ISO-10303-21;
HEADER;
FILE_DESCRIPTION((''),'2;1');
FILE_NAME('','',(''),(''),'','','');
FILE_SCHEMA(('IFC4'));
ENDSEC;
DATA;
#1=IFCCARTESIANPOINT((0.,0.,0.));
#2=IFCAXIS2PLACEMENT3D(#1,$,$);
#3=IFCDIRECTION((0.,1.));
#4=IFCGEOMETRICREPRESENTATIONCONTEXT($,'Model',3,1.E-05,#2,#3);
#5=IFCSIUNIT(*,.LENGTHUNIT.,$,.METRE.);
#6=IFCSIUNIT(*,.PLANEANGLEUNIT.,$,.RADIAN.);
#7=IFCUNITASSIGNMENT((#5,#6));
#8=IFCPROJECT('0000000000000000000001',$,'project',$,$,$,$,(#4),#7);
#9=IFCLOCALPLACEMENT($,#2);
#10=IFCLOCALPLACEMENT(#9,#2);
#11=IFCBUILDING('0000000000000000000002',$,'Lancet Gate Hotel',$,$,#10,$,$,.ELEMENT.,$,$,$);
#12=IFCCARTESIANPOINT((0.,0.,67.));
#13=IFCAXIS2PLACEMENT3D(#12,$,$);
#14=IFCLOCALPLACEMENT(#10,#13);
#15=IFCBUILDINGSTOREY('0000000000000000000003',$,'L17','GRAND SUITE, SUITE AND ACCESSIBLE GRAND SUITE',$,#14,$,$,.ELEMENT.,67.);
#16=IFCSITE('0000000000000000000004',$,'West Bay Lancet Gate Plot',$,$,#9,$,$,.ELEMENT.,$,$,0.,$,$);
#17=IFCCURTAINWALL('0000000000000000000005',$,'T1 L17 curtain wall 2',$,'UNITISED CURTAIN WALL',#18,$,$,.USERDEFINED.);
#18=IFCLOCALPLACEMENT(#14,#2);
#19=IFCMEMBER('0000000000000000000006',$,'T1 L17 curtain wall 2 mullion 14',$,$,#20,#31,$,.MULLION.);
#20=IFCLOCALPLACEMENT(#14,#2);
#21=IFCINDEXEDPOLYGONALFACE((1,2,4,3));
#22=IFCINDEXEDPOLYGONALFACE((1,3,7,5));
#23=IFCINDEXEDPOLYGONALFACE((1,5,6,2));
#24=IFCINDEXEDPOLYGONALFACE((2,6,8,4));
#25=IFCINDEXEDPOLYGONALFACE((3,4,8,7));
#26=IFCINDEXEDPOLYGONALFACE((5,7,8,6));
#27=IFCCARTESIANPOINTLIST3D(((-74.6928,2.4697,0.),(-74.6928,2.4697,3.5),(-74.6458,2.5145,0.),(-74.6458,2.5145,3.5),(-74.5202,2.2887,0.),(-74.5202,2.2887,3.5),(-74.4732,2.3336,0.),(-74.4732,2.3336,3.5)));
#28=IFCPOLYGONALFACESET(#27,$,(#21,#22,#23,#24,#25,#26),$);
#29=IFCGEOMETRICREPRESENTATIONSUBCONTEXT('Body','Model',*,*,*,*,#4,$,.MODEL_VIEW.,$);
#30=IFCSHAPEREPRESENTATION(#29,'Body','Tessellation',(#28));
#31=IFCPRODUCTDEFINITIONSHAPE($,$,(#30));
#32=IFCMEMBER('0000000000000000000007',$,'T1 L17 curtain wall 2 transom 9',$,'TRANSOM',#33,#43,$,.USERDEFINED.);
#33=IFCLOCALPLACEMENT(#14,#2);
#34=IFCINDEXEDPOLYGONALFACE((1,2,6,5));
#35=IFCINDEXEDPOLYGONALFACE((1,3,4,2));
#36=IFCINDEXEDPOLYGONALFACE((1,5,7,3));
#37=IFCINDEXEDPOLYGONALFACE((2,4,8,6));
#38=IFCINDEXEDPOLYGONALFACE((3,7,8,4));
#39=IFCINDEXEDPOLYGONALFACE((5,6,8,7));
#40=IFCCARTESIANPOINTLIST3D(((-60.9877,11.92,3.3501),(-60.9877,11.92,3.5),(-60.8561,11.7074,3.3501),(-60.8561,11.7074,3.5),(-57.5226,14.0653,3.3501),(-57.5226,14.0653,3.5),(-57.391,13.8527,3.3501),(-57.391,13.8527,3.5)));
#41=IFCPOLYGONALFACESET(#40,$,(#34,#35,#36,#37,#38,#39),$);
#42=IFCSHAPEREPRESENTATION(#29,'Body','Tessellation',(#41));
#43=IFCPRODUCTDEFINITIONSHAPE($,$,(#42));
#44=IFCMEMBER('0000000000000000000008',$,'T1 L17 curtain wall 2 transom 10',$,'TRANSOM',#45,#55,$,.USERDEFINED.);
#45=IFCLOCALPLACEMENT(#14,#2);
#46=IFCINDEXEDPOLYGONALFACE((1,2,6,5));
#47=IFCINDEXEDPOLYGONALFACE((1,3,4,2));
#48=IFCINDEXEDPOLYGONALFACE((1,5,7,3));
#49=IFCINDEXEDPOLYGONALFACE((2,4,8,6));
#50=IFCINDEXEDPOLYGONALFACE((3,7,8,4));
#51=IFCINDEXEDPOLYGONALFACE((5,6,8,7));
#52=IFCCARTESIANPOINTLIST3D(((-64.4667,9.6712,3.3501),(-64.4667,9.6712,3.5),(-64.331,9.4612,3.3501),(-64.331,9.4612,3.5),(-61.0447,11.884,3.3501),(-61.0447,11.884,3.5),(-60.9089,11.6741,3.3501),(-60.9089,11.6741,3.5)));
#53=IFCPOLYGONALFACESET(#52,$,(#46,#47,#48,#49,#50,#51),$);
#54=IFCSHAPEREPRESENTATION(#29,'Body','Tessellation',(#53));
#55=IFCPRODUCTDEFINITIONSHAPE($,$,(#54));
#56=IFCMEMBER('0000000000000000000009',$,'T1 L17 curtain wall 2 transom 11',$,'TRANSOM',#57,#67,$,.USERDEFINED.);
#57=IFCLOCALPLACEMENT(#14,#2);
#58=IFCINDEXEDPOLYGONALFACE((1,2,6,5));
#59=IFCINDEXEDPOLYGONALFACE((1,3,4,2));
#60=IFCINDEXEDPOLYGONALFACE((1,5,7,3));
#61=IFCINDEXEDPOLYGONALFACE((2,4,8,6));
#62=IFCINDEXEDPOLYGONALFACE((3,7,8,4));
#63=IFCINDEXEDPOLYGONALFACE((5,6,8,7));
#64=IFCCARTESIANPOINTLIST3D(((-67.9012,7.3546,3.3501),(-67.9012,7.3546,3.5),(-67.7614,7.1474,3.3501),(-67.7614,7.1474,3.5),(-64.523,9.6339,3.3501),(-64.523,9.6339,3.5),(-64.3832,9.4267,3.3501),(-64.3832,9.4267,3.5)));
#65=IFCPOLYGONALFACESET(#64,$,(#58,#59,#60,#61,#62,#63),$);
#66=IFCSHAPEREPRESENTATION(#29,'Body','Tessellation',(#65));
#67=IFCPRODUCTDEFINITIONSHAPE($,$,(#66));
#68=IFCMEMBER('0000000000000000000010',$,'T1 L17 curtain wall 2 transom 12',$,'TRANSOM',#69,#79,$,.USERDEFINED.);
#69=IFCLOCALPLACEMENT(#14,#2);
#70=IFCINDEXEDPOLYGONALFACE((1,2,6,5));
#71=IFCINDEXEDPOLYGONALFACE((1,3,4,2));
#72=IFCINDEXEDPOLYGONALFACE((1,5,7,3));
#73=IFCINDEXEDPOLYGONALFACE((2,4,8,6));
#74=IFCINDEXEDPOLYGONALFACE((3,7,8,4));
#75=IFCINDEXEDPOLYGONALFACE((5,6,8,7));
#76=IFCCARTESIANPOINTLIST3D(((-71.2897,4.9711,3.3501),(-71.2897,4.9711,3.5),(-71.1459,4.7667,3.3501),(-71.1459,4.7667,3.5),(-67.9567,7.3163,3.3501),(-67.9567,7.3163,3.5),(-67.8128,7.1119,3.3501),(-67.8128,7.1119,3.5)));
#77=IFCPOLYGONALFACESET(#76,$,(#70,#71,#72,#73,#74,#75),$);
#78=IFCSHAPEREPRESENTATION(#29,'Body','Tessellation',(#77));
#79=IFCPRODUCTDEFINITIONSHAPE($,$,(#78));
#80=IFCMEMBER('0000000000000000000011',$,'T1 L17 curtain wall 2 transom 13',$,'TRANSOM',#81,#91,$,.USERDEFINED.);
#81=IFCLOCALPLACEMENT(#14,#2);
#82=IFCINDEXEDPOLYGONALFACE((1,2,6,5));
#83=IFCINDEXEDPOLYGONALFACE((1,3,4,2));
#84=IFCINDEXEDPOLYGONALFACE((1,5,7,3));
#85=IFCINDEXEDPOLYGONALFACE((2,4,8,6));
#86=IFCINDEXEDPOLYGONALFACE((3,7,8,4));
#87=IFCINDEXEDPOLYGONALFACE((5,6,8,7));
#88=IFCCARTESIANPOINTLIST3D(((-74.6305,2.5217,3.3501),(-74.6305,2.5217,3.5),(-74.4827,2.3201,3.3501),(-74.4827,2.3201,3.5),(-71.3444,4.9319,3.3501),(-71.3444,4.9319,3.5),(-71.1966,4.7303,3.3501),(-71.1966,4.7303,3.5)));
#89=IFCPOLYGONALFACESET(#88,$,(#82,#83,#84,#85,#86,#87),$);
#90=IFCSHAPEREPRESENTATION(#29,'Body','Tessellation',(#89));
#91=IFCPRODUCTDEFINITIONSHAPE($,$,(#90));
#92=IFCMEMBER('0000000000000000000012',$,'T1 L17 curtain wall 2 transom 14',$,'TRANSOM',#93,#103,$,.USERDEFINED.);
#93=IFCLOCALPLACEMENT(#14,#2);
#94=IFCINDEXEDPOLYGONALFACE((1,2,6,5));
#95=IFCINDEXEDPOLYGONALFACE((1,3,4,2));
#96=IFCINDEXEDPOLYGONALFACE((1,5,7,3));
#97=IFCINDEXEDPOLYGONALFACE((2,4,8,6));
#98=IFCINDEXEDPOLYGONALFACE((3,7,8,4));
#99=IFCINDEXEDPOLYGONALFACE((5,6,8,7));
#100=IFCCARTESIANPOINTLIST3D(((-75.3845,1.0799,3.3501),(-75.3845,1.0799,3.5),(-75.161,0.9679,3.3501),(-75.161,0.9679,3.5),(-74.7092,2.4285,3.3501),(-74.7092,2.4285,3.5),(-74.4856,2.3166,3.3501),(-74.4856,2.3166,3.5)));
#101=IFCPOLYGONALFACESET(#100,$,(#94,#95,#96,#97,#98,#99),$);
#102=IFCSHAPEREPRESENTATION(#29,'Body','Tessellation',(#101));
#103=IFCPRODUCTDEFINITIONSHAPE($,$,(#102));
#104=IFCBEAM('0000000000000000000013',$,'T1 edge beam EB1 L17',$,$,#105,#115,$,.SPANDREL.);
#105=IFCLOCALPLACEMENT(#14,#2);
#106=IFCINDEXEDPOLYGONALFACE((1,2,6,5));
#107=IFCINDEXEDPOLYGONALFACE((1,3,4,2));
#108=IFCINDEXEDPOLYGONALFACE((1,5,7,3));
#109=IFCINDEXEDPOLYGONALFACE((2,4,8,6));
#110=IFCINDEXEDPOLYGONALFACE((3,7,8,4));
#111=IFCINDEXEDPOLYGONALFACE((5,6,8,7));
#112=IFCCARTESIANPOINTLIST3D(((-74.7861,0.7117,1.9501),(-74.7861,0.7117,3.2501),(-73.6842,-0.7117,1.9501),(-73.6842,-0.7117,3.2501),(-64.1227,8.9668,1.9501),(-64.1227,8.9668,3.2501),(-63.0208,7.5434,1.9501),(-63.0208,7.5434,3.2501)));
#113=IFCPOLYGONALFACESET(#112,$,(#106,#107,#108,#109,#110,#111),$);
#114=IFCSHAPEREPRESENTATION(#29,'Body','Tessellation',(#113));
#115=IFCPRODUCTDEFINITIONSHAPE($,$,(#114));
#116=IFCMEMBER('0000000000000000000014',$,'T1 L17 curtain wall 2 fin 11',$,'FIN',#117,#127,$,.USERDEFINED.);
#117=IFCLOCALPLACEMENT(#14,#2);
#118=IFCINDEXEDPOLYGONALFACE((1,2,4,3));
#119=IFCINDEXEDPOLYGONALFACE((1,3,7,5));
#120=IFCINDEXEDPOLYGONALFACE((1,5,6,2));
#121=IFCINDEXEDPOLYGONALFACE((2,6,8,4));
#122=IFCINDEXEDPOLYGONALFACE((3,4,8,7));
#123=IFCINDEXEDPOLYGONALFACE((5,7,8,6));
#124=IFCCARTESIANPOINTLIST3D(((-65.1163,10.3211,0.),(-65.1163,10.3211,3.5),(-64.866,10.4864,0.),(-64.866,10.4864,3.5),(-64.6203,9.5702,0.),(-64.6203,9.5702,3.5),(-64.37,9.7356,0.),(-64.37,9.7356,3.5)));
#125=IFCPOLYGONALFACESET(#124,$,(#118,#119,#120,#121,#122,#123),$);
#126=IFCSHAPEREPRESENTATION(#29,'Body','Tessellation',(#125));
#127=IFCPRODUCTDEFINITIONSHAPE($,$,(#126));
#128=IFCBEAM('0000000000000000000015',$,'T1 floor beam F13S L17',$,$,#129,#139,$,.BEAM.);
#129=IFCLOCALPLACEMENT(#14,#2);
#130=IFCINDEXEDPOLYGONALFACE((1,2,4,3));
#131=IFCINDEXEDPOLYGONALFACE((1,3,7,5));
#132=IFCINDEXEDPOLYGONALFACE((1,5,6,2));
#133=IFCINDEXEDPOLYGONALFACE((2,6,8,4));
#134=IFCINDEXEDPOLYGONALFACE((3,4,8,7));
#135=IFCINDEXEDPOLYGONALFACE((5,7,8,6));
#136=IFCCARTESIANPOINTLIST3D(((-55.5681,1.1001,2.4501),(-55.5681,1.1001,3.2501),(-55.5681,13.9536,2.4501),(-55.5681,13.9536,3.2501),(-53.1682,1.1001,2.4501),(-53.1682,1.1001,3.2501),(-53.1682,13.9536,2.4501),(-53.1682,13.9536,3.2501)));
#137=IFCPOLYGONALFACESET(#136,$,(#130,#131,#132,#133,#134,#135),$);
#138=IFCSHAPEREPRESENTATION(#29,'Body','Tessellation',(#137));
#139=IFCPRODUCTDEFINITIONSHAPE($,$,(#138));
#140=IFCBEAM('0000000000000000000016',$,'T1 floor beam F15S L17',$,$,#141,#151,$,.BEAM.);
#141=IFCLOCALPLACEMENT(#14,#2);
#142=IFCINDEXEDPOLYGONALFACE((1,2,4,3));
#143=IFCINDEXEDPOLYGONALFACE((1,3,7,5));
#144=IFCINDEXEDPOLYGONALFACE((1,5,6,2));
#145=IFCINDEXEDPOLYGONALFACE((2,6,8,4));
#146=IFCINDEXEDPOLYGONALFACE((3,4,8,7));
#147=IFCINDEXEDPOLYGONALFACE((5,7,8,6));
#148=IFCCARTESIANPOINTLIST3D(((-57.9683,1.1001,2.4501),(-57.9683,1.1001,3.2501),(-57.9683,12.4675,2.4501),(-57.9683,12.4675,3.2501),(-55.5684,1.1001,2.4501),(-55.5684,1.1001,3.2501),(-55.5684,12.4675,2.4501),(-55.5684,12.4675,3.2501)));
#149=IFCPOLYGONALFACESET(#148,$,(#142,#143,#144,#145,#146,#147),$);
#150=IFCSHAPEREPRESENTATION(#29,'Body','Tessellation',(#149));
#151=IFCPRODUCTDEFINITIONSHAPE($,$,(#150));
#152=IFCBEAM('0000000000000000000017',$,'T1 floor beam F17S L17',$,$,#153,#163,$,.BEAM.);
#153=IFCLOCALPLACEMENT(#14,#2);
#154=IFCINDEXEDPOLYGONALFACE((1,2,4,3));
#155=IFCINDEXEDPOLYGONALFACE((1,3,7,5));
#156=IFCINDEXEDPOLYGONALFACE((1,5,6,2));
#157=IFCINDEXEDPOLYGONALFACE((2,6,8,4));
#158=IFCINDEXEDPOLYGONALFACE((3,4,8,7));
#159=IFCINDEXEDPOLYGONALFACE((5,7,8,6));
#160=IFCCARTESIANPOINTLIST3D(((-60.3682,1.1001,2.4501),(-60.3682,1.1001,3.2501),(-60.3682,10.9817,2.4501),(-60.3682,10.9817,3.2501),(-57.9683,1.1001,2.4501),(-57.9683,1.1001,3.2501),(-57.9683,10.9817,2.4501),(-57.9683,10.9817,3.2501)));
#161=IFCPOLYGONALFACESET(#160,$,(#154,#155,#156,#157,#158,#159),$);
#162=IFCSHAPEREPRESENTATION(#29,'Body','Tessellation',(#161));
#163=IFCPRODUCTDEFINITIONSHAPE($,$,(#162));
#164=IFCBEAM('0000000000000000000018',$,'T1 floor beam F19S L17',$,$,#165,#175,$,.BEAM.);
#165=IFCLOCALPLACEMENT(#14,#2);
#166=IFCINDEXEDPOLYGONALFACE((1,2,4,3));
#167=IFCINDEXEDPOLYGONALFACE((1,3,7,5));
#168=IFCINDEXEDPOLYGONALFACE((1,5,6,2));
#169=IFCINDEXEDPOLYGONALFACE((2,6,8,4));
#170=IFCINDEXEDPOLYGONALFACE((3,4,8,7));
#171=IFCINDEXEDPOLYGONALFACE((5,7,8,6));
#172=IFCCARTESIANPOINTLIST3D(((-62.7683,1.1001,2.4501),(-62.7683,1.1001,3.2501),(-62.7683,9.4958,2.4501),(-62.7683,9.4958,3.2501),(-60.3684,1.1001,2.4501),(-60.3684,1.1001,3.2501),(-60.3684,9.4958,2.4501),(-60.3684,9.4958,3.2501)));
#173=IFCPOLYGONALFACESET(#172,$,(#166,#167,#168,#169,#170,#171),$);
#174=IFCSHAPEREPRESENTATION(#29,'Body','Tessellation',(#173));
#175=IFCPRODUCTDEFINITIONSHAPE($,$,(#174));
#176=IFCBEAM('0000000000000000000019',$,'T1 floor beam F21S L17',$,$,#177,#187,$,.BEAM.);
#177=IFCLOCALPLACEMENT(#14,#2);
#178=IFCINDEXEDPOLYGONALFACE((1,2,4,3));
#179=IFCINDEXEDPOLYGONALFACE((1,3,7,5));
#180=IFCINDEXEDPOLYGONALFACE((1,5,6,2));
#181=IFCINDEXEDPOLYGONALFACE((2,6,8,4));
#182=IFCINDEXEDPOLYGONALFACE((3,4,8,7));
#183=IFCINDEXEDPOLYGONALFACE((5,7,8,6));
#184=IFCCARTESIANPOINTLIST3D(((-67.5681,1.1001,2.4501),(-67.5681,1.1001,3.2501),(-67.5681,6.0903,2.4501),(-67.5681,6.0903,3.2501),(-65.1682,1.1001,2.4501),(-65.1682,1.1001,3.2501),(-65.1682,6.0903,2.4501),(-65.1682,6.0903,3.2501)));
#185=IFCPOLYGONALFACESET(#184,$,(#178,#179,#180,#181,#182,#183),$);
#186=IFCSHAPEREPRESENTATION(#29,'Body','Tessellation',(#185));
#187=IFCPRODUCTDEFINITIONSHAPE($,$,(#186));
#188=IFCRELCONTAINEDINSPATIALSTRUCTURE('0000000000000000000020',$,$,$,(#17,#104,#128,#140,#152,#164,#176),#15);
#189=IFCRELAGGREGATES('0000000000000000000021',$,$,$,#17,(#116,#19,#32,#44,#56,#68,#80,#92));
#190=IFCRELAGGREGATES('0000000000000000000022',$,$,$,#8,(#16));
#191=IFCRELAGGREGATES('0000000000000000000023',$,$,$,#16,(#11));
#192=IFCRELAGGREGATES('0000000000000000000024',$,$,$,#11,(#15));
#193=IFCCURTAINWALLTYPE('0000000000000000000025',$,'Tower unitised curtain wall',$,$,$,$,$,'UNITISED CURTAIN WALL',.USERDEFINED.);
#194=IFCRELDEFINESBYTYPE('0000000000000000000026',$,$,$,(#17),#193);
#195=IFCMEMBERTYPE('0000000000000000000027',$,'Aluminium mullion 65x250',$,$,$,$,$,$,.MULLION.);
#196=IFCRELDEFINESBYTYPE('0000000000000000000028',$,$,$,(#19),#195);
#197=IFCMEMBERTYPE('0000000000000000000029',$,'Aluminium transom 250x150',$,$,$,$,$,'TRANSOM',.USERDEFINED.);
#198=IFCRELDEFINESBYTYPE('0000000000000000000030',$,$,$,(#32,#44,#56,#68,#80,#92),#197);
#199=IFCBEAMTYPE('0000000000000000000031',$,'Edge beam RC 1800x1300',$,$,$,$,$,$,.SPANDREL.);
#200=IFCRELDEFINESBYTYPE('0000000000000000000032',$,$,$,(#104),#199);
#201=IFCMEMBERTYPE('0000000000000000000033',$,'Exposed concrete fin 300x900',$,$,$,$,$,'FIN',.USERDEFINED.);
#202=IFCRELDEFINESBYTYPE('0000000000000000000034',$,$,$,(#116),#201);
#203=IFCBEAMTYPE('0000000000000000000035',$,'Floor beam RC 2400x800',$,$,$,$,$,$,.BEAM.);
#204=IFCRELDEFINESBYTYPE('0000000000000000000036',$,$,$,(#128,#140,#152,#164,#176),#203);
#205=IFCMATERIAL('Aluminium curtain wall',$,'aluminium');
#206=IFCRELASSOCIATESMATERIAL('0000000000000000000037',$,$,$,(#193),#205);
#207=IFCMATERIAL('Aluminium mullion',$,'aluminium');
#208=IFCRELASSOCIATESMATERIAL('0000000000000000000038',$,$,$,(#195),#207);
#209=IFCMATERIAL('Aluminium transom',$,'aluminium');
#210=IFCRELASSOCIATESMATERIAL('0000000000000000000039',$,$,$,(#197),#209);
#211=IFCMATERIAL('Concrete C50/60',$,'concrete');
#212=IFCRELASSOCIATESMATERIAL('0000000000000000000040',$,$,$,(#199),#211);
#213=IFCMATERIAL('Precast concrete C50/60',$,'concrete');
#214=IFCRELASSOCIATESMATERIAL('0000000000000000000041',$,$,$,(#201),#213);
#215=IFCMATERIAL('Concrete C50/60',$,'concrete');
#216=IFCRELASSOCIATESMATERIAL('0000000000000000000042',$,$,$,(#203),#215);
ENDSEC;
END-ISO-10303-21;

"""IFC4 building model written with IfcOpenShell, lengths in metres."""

from ifc_helpers import new_model, si_unit, direction, frame, origin, origin_2d, place, context, subcontext, project, spatial, rectangle, extrude, material, material_profile, profile_set, type_object, element, aggregate, save


model = new_model("IFC4")

# Units and contexts
model_context = context("Model", 3, precision=1e-05, world=origin(), true_north=direction((0.0, 1.0)))
body_context = subcontext(model_context, "Body", "Model", "MODEL_VIEW")
ifc_project = project(units=[si_unit("LENGTHUNIT", "METRE"), si_unit("PLANEANGLEUNIT", "RADIAN")], contexts=[model_context])

# Site, building, storey
site_placement = place(None, origin())
site = spatial("IfcSite", under=ifc_project, at=site_placement, Name="West Bay Lancet Gate Plot", CompositionType="ELEMENT", RefElevation=0.0)
building_placement = place(site_placement, origin())
building = spatial("IfcBuilding", under=site, at=building_placement, Name="Lancet Gate Hotel", CompositionType="ELEMENT")
storey_placement = place(building_placement, frame((0.0, 0.0, 67.0)))
storey = spatial("IfcBuildingStorey", under=building, at=storey_placement, Name="L17", Description="GRAND SUITE, SUITE AND ACCESSIBLE GRAND SUITE", CompositionType="ELEMENT", Elevation=67.0)

# Curtain wall, members
ifc_material_1 = material(Name="Aluminium curtain wall", Category="aluminium")
curtain_wall_type = type_object("IfcCurtainWallType", Name="Tower unitised curtain wall", ElementType="UNITISED CURTAIN WALL", PredefinedType="USERDEFINED", material=ifc_material_1)
curtain_wall_placement = place(storey_placement, origin())
curtain_wall = element("IfcCurtainWall", 1, at=curtain_wall_placement, inside=storey, type_object=curtain_wall_type, Name="T1 L17 curtain wall 2", ObjectType="UNITISED CURTAIN WALL", PredefinedType="USERDEFINED")
ifc_material_2 = material(Name="Aluminium mullion", Category="aluminium")
ifc_material_profile_1 = material_profile(ifc_material_2, rectangle(XDim=0.0649, YDim=0.25, at=origin_2d()), Name="MULLION 65x250")
ifc_profile_set_1 = profile_set([ifc_material_profile_1], Name="Aluminium mullion")
member_type_1 = type_object("IfcMemberType", Name="Aluminium mullion 65x250", PredefinedType="MULLION", material=ifc_profile_set_1)
member_1_placement = place(storey_placement, frame((-74.583, 2.4016, 0.0), z_axis=(0.0, 0.0, 1.0), x_axis=(-0.723696, -0.690119, 0.0)))
member_1 = element("IfcMember", 2, at=member_1_placement, type_object=member_type_1, Name="T1 L17 curtain wall 2 mullion 14", PredefinedType="MULLION", context=body_context, shape_type="SweptSolid", body=[
    extrude(rectangle(XDim=0.0649, YDim=0.25, at=origin_2d()), origin(), (0.0, 0.0, 1.0), 3.5),
])
ifc_material_3 = material(Name="Aluminium transom", Category="aluminium")
ifc_material_profile_2 = material_profile(ifc_material_3, rectangle(XDim=0.25, YDim=0.1499, at=origin_2d()), Name="TRANSOM 250x150")
ifc_profile_set_2 = profile_set([ifc_material_profile_2], Name="Aluminium transom")
member_type_2 = type_object("IfcMemberType", Name="Aluminium transom 250x150", ElementType="TRANSOM", PredefinedType="USERDEFINED", material=ifc_profile_set_2)
member_2_placement = place(storey_placement, frame((-57.4568, 13.959, 3.425), z_axis=(-0.850242, -0.526392, 0.0), x_axis=(0.526392, -0.850242, 0.0)))
member_2 = element("IfcMember", 3, at=member_2_placement, type_object=member_type_2, Name="T1 L17 curtain wall 2 transom 9", ObjectType="TRANSOM", PredefinedType="USERDEFINED", context=body_context, shape_type="SweptSolid", body=[
    extrude(rectangle(XDim=0.25, YDim=0.1499, at=origin_2d()), origin(), (0.0, 0.0, 1.0), 4.0754),
])
member_3_placement = place(storey_placement, frame((-60.9768, 11.7791, 3.425), z_axis=(-0.839729, -0.543005, 0.0), x_axis=(0.543005, -0.839729, 0.0)))
member_3 = element("IfcMember", 4, at=member_3_placement, type_object=member_type_2, Name="T1 L17 curtain wall 2 transom 10", ObjectType="TRANSOM", PredefinedType="USERDEFINED", context=body_context, shape_type="SweptSolid", body=[
    extrude(rectangle(XDim=0.25, YDim=0.1499, at=origin_2d()), origin(), (0.0, 0.0, 1.0), 4.0752),
])
member_4_placement = place(storey_placement, frame((-64.4531, 9.5303, 3.425), z_axis=(-0.828959, -0.559309, 0.0), x_axis=(0.559309, -0.828959, 0.0)))
member_4 = element("IfcMember", 5, at=member_4_placement, type_object=member_type_2, Name="T1 L17 curtain wall 2 transom 11", ObjectType="TRANSOM", PredefinedType="USERDEFINED", context=body_context, shape_type="SweptSolid", body=[
    extrude(rectangle(XDim=0.25, YDim=0.1499, at=origin_2d()), origin(), (0.0, 0.0, 1.0), 4.0752),
])
member_5_placement = place(storey_placement, frame((-67.8848, 7.2141, 3.425), z_axis=(-0.817834, -0.575455, 0.0), x_axis=(0.575455, -0.817834, 0.0)))
member_5 = element("IfcMember", 6, at=member_5_placement, type_object=member_type_2, Name="T1 L17 curtain wall 2 transom 12", ObjectType="TRANSOM", PredefinedType="USERDEFINED", context=body_context, shape_type="SweptSolid", body=[
    extrude(rectangle(XDim=0.25, YDim=0.1499, at=origin_2d()), origin(), (0.0, 0.0, 1.0), 4.0754),
])
member_6_placement = place(storey_placement, frame((-71.2705, 4.8311, 3.425), z_axis=(-0.806367, -0.591416, 0.0), x_axis=(0.591416, -0.806367, 0.0)))
member_6 = element("IfcMember", 7, at=member_6_placement, type_object=member_type_2, Name="T1 L17 curtain wall 2 transom 13", ObjectType="TRANSOM", PredefinedType="USERDEFINED", context=body_context, shape_type="SweptSolid", body=[
    extrude(rectangle(XDim=0.25, YDim=0.1499, at=origin_2d()), origin(), (0.0, 0.0, 1.0), 4.0752),
])
member_7_placement = place(storey_placement, frame((-74.5974, 2.3726, 3.425), z_axis=(-0.447732, -0.894168, 0.0), x_axis=(0.894168, -0.447732, 0.0)))
member_7 = element("IfcMember", 8, at=member_7_placement, type_object=member_type_2, Name="T1 L17 curtain wall 2 transom 14", ObjectType="TRANSOM", PredefinedType="USERDEFINED", context=body_context, shape_type="SweptSolid", body=[
    extrude(rectangle(XDim=0.25, YDim=0.1499, at=origin_2d()), origin(), (0.0, 0.0, 1.0), 1.5083),
])

# Beam
ifc_material_4 = material(Name="Concrete C50/60", Category="concrete")
ifc_material_profile_3 = material_profile(ifc_material_4, rectangle(XDim=1.8, YDim=1.3, at=origin_2d()), Name="RC 1800x1300")
ifc_profile_set_3 = profile_set([ifc_material_profile_3], Name="Concrete C50/60")
beam_type_1 = type_object("IfcBeamType", Name="Edge beam RC 1800x1300", PredefinedType="SPANDREL", material=ifc_profile_set_3)
beam_1_placement = place(storey_placement, frame((-63.5718, 8.2551, 2.6001), z_axis=(-0.790736, -0.612157, 0.0), x_axis=(0.612157, -0.790736, 0.0)))
element("IfcBeam", 9, at=beam_1_placement, inside=storey, type_object=beam_type_1, Name="T1 edge beam EB1 L17", PredefinedType="SPANDREL", context=body_context, shape_type="SweptSolid", body=[
    extrude(rectangle(XDim=1.8, YDim=1.3, at=origin_2d()), origin(), (0.0, 0.0, 1.0), 13.4854),
])

# Member
ifc_material_5 = material(Name="Precast concrete C50/60", Category="concrete")
ifc_material_profile_4 = material_profile(ifc_material_5, rectangle(XDim=0.3, YDim=0.8999, at=origin_2d()), Name="FIN 300x900")
ifc_profile_set_4 = profile_set([ifc_material_profile_4], Name="Precast concrete C50/60")
member_type_3 = type_object("IfcMemberType", Name="Exposed concrete fin 300x900", ElementType="FIN", PredefinedType="USERDEFINED", material=ifc_profile_set_4)
member_8_placement = place(storey_placement, frame((-64.7432, 10.0283, 0.0), z_axis=(0.0, 0.0, 1.0), x_axis=(-0.834387, -0.551178, 0.0)))
member_8 = element("IfcMember", 10, at=member_8_placement, type_object=member_type_3, Name="T1 L17 curtain wall 2 fin 11", ObjectType="FIN", PredefinedType="USERDEFINED", context=body_context, shape_type="SweptSolid", body=[
    extrude(rectangle(XDim=0.3, YDim=0.8999, at=origin_2d()), origin(), (0.0, 0.0, 1.0), 3.5),
])

# Beams
ifc_material_6 = material(Name="Concrete C50/60", Category="concrete")
ifc_material_profile_5 = material_profile(ifc_material_6, rectangle(XDim=2.3999, YDim=0.8, at=origin_2d()), Name="RC 2400x800")
ifc_profile_set_5 = profile_set([ifc_material_profile_5], Name="Concrete C50/60")
beam_type_2 = type_object("IfcBeamType", Name="Floor beam RC 2400x800", PredefinedType="BEAM", material=ifc_profile_set_5)
beam_2_placement = place(storey_placement, frame((-54.3682, 13.9536, 2.8501), z_axis=(0.0, -1.0, 0.0), x_axis=(1.0, 0.0, 0.0)))
element("IfcBeam", 11, at=beam_2_placement, inside=storey, type_object=beam_type_2, Name="T1 floor beam F13S L17", PredefinedType="BEAM", context=body_context, shape_type="SweptSolid", body=[
    extrude(rectangle(XDim=2.3999, YDim=0.8, at=origin_2d()), origin(), (0.0, 0.0, 1.0), 12.8535),
])
beam_3_placement = place(storey_placement, frame((-56.7683, 12.4675, 2.8501), z_axis=(0.0, -1.0, 0.0), x_axis=(1.0, 0.0, 0.0)))
element("IfcBeam", 12, at=beam_3_placement, inside=storey, type_object=beam_type_2, Name="T1 floor beam F15S L17", PredefinedType="BEAM", context=body_context, shape_type="SweptSolid", body=[
    extrude(rectangle(XDim=2.3999, YDim=0.8, at=origin_2d()), origin(), (0.0, 0.0, 1.0), 11.3674),
])
beam_4_placement = place(storey_placement, frame((-59.1682, 10.9817, 2.8501), z_axis=(0.0, -1.0, 0.0), x_axis=(1.0, 0.0, 0.0)))
element("IfcBeam", 13, at=beam_4_placement, inside=storey, type_object=beam_type_2, Name="T1 floor beam F17S L17", PredefinedType="BEAM", context=body_context, shape_type="SweptSolid", body=[
    extrude(rectangle(XDim=2.3999, YDim=0.8, at=origin_2d()), origin(), (0.0, 0.0, 1.0), 9.8816),
])
beam_5_placement = place(storey_placement, frame((-61.5684, 9.4958, 2.8501), z_axis=(0.0, -1.0, 0.0), x_axis=(1.0, 0.0, 0.0)))
element("IfcBeam", 14, at=beam_5_placement, inside=storey, type_object=beam_type_2, Name="T1 floor beam F19S L17", PredefinedType="BEAM", context=body_context, shape_type="SweptSolid", body=[
    extrude(rectangle(XDim=2.3999, YDim=0.8, at=origin_2d()), origin(), (0.0, 0.0, 1.0), 8.3958),
])
beam_6_placement = place(storey_placement, frame((-66.3682, 6.0903, 2.8501), z_axis=(0.0, -1.0, 0.0), x_axis=(1.0, 0.0, 0.0)))
element("IfcBeam", 15, at=beam_6_placement, inside=storey, type_object=beam_type_2, Name="T1 floor beam F21S L17", PredefinedType="BEAM", context=body_context, shape_type="SweptSolid", body=[
    extrude(rectangle(XDim=2.3999, YDim=0.8, at=origin_2d()), origin(), (0.0, 0.0, 1.0), 4.9902),
])

aggregate(curtain_wall, [member_8, member_1, member_2, member_3, member_4, member_5, member_6, member_7])

save(model, "model.ifc")
